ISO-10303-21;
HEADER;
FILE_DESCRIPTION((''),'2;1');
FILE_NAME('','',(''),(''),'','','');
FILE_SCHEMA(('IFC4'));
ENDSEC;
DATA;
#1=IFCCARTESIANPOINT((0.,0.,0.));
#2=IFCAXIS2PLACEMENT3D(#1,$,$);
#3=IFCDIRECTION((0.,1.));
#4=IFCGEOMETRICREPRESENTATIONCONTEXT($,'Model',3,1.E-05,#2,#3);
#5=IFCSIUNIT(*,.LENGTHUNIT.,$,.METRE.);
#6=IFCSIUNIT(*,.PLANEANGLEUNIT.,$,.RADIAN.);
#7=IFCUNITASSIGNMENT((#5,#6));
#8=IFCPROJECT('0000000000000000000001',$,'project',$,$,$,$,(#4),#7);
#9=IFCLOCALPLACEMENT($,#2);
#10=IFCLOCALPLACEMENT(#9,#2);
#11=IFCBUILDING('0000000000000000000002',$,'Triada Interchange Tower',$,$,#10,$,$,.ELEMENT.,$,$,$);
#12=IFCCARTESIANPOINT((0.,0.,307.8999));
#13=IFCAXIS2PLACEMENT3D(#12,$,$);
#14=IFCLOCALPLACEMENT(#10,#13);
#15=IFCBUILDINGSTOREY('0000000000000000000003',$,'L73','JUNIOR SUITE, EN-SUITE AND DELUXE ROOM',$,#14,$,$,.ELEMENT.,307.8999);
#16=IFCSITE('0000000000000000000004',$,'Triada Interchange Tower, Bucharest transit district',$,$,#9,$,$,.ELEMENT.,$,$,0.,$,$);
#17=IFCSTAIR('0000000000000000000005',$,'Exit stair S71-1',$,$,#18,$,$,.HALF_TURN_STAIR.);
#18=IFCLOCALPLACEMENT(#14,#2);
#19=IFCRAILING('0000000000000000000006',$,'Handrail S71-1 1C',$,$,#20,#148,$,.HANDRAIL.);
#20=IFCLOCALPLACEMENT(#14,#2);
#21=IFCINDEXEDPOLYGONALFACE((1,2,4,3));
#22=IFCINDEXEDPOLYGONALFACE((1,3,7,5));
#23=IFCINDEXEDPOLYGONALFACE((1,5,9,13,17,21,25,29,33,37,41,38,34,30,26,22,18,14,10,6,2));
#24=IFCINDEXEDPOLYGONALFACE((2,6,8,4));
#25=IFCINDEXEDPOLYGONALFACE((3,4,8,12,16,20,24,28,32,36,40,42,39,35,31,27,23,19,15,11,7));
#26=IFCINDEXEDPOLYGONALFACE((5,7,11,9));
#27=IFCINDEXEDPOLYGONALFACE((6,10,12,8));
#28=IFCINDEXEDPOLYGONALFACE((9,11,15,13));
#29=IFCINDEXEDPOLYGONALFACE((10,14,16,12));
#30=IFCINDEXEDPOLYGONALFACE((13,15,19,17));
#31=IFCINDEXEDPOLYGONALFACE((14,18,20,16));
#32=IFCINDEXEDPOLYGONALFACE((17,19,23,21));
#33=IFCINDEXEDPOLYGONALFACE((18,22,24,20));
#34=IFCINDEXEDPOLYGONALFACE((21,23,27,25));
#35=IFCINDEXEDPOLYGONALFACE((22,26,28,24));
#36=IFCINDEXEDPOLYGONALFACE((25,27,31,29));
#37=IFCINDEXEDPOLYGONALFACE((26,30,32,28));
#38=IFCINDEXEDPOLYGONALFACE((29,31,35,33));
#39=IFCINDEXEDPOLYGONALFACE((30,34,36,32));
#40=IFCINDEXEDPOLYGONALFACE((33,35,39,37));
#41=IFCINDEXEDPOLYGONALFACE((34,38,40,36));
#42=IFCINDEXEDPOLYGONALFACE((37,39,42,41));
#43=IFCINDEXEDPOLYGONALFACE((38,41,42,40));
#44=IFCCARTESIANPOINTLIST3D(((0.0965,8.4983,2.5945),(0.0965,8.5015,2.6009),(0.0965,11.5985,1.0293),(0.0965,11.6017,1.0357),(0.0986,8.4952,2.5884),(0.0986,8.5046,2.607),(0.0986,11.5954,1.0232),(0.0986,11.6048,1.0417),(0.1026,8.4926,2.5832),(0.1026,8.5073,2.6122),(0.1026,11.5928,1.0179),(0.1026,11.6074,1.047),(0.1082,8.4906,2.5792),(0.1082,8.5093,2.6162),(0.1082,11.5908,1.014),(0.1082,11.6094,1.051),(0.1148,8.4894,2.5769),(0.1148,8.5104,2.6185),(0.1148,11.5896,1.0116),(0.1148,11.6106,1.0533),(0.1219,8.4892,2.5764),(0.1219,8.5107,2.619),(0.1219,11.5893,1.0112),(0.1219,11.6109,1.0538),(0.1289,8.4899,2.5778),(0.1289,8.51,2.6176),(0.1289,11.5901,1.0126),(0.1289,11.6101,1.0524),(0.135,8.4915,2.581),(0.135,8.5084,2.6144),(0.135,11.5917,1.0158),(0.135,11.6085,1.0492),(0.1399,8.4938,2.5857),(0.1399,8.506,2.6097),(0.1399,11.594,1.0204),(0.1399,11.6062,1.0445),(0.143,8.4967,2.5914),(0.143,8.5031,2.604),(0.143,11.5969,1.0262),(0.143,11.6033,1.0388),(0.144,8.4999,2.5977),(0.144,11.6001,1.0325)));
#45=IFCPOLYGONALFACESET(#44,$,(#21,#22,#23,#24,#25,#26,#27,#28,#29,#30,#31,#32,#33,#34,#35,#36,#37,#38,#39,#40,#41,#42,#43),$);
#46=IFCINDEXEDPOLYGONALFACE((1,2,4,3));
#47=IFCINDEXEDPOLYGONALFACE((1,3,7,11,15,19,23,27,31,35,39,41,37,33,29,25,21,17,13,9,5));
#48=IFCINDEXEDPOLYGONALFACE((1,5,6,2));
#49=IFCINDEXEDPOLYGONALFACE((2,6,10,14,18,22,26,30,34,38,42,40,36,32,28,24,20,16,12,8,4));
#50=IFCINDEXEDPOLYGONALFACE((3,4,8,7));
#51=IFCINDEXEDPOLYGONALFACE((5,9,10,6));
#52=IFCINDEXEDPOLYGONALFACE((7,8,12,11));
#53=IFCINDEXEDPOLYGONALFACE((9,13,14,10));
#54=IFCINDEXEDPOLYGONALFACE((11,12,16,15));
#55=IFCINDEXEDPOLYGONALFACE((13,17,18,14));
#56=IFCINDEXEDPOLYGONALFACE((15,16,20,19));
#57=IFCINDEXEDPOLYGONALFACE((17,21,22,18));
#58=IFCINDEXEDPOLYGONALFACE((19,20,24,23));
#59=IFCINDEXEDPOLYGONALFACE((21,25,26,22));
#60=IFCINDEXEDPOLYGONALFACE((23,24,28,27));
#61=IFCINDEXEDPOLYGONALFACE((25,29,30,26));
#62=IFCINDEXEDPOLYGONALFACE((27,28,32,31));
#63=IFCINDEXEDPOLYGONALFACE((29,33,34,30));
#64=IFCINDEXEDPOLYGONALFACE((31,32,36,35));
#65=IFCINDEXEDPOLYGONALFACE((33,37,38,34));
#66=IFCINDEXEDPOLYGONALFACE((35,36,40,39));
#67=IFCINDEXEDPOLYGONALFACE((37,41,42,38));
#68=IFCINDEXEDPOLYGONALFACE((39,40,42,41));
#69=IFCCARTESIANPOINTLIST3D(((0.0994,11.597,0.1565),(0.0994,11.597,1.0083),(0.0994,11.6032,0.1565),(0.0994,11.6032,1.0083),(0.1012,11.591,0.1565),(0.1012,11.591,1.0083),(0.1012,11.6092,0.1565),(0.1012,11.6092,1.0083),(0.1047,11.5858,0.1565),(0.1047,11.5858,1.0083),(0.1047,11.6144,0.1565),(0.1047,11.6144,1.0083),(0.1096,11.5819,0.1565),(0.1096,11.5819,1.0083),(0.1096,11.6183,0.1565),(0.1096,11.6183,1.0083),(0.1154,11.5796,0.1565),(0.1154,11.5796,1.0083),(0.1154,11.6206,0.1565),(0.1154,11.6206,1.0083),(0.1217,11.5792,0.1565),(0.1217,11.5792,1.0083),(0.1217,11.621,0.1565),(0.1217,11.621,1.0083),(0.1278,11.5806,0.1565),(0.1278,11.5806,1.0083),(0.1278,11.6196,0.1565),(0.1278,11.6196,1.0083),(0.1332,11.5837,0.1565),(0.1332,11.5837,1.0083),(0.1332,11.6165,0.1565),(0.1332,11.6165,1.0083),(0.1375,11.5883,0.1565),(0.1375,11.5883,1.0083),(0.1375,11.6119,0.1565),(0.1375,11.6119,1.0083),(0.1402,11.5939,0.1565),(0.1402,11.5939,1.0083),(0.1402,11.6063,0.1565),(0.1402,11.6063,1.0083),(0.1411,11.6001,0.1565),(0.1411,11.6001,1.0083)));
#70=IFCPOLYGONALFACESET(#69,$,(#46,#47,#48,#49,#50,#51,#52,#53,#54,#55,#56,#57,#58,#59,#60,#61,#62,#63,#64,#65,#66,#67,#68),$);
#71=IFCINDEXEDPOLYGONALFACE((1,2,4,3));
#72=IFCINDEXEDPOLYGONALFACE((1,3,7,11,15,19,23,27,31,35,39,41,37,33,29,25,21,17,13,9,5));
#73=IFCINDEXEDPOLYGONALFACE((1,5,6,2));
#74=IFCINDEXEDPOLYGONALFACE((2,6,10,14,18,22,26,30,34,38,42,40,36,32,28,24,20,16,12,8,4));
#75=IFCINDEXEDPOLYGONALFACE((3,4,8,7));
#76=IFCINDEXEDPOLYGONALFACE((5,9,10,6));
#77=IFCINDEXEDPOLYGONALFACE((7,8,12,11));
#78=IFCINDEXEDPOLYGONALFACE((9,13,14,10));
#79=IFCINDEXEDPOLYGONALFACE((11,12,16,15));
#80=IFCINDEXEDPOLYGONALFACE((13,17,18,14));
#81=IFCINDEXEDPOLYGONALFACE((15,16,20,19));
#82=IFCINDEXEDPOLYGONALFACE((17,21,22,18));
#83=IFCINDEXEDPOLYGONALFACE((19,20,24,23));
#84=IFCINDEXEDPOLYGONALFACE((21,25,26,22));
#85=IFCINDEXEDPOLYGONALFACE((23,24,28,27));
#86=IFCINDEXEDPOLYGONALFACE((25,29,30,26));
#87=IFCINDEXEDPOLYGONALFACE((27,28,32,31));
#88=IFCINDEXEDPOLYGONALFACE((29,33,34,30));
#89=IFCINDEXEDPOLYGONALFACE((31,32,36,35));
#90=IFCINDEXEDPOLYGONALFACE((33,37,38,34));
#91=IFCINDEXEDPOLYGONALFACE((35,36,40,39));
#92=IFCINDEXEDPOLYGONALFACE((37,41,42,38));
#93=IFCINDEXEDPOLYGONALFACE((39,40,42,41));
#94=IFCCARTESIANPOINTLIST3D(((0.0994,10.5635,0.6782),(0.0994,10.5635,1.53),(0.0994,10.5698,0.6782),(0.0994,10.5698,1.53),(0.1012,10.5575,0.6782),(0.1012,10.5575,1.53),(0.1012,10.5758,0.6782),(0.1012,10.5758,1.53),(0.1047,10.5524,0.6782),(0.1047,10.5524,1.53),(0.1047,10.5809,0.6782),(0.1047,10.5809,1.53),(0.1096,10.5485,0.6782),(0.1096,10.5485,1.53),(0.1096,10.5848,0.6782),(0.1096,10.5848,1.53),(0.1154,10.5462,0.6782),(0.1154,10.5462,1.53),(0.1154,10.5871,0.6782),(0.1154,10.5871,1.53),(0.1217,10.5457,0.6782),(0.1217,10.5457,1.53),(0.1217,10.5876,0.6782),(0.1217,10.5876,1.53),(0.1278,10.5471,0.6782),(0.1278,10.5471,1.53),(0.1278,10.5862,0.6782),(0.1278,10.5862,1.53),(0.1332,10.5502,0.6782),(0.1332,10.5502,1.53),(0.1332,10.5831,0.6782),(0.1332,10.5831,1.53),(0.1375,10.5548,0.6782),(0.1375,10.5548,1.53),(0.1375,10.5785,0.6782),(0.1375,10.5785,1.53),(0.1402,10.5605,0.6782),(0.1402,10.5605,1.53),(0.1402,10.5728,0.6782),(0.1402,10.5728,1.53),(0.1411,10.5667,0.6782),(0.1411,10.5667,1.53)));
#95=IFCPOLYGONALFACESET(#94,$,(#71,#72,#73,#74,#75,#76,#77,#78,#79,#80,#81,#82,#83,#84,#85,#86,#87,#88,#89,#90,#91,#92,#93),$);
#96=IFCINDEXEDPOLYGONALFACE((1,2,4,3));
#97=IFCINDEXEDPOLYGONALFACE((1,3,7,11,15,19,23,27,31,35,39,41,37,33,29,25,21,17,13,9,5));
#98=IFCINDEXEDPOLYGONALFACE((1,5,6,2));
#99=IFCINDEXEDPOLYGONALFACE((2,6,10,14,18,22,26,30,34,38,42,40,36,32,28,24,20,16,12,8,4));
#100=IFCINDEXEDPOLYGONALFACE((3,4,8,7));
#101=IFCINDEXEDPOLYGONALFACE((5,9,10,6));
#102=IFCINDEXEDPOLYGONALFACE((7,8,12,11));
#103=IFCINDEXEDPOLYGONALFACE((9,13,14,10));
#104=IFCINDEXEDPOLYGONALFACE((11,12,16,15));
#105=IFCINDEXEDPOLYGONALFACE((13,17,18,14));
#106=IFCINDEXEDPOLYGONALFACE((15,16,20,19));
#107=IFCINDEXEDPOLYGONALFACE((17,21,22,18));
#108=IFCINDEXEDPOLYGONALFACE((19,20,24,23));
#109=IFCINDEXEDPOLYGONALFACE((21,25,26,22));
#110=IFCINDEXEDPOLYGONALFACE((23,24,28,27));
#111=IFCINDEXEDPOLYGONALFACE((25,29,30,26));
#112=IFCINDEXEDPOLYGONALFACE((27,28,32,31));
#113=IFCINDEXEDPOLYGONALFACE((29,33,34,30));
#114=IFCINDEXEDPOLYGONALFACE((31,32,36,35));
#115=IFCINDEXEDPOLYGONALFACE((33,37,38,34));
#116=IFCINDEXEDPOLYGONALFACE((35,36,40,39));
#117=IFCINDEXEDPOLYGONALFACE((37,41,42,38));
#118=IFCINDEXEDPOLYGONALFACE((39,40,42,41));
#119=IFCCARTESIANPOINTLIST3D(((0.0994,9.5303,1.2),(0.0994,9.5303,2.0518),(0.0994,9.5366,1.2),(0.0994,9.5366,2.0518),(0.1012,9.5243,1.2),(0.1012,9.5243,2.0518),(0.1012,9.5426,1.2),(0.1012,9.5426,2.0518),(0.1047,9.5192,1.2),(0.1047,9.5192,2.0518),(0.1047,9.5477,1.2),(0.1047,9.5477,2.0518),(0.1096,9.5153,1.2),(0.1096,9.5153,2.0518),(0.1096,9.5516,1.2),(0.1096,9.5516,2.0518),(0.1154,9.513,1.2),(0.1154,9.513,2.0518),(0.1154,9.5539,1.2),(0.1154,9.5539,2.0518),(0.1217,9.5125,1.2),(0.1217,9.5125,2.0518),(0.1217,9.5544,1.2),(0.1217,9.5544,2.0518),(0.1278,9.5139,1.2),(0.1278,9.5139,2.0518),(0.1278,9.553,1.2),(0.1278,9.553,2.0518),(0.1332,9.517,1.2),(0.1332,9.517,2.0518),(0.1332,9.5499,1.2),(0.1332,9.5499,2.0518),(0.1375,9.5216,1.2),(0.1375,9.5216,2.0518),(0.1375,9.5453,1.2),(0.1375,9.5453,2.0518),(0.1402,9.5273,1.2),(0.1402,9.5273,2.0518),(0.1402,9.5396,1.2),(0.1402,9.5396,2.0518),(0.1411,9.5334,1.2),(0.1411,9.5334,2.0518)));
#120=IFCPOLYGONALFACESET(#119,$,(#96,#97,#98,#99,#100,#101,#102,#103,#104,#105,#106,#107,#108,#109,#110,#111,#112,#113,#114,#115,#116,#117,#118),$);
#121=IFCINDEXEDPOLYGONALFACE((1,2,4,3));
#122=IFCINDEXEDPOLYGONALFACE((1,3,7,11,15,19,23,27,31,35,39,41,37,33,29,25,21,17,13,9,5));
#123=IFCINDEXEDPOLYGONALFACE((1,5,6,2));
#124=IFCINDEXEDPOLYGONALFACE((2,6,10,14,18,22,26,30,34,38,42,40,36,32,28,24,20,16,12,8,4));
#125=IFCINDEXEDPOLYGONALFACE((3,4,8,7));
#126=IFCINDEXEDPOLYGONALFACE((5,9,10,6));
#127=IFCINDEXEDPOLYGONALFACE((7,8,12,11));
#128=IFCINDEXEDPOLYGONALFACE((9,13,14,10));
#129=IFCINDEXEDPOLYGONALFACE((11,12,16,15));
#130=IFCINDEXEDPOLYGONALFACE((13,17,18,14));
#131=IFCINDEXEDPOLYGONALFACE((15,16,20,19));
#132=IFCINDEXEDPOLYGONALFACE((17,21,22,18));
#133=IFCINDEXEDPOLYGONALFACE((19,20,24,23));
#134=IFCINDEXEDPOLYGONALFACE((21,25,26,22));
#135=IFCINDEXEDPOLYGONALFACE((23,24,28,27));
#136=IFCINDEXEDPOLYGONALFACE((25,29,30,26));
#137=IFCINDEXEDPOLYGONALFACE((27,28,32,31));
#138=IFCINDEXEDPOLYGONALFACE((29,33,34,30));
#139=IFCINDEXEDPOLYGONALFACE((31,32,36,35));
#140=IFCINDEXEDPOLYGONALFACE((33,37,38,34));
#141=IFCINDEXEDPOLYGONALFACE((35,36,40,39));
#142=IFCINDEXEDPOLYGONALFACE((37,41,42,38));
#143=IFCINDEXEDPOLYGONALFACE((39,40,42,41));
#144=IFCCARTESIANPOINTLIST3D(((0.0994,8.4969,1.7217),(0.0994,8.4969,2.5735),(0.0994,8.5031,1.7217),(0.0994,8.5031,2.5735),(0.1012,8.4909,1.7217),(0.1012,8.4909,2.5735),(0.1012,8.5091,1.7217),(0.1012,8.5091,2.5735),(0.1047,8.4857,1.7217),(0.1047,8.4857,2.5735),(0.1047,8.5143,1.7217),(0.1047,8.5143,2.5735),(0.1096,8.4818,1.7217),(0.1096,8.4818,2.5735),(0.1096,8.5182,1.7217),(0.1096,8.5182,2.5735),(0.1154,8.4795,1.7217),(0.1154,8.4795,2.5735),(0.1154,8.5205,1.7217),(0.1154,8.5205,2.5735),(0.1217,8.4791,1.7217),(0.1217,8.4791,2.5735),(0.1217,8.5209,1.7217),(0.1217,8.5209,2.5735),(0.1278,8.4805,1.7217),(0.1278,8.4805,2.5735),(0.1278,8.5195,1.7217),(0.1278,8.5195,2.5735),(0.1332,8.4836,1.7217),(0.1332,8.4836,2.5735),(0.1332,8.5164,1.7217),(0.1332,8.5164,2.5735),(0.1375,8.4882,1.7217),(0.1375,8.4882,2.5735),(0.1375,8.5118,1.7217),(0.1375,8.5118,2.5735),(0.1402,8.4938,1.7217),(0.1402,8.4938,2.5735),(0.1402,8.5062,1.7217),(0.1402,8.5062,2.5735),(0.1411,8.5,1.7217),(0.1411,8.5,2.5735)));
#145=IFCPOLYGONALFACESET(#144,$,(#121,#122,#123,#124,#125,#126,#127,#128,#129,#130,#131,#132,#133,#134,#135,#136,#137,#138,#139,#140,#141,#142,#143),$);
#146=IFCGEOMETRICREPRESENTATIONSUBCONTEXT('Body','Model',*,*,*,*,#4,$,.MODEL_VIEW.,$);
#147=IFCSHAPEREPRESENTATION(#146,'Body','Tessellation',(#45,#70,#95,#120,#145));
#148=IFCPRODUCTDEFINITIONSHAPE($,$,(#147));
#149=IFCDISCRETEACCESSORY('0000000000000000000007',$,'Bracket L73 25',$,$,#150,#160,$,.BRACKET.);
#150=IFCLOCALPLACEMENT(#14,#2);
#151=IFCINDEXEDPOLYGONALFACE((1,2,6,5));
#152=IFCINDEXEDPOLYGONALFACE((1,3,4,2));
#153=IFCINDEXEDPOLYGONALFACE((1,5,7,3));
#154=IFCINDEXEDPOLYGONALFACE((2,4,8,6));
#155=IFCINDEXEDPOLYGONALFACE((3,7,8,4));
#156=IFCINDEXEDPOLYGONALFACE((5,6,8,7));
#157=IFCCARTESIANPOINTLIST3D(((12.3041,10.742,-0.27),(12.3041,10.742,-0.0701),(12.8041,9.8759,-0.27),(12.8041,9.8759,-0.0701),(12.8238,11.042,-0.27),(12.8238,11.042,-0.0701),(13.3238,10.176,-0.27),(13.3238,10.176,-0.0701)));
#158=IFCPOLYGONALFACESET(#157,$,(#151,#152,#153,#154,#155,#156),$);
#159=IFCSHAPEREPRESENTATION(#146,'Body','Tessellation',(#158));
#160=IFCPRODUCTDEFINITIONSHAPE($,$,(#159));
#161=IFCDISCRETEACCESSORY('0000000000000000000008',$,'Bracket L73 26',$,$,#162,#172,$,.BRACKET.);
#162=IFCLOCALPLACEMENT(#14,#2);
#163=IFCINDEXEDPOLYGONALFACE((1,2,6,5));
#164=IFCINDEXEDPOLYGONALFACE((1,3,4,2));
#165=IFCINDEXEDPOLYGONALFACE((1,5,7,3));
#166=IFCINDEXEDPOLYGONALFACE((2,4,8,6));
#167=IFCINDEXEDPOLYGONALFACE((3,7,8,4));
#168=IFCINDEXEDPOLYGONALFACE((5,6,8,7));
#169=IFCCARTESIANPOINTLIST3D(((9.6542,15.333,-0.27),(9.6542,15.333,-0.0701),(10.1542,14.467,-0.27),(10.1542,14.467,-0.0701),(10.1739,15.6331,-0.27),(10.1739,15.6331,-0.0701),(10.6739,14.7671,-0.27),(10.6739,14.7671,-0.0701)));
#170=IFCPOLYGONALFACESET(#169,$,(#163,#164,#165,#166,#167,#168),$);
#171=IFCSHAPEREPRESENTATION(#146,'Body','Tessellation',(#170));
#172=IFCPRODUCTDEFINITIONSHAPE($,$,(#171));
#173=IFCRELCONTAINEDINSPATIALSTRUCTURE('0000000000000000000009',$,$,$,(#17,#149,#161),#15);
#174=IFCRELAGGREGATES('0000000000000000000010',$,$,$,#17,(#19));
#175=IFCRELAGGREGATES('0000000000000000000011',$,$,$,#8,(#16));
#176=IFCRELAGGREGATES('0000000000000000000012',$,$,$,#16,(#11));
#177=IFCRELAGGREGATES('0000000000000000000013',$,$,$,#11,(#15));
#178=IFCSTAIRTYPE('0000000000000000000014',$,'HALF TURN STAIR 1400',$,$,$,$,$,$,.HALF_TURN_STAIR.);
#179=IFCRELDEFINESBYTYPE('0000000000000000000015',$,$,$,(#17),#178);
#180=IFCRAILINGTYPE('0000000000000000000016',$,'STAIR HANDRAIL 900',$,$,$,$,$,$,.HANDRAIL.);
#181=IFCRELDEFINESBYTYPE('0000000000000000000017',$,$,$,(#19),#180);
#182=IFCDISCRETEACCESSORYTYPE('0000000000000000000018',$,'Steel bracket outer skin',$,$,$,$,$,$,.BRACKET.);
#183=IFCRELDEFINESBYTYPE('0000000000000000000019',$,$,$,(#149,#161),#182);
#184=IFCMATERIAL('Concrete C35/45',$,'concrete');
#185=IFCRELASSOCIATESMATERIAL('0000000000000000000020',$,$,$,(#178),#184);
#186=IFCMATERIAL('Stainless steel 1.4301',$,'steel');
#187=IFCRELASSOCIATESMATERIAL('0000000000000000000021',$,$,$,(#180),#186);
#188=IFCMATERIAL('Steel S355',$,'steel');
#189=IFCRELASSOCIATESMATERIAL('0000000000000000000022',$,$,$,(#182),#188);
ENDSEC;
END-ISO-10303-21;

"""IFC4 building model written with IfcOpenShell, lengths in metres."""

from ifc_helpers import new_model, si_unit, direction, frame, origin, origin_2d, place, context, subcontext, project, spatial, rectangle, circle, extrude, material, type_object, element, aggregate, save


model = new_model("IFC4")

# Units and contexts
model_context = context("Model", 3, precision=1e-05, world=origin(), true_north=direction((0.0, 1.0)))
body_context = subcontext(model_context, "Body", "Model", "MODEL_VIEW")
ifc_project = project(units=[si_unit("LENGTHUNIT", "METRE"), si_unit("PLANEANGLEUNIT", "RADIAN")], contexts=[model_context])

# Site, building, storey
site_placement = place(None, origin())
site = spatial("IfcSite", under=ifc_project, at=site_placement, Name="Triada Interchange Tower, Bucharest transit district", CompositionType="ELEMENT", RefElevation=0.0)
building_placement = place(site_placement, origin())
building = spatial("IfcBuilding", under=site, at=building_placement, Name="Triada Interchange Tower", CompositionType="ELEMENT")
storey_placement = place(building_placement, frame((0.0, 0.0, 307.8999)))
storey = spatial("IfcBuildingStorey", under=building, at=storey_placement, Name="L73", Description="JUNIOR SUITE, EN-SUITE AND DELUXE ROOM", CompositionType="ELEMENT", Elevation=307.8999)

# Stair
ifc_material_1 = material(Name="Concrete C35/45", Category="concrete")
stair_type = type_object("IfcStairType", Name="HALF TURN STAIR 1400", PredefinedType="HALF_TURN_STAIR", material=ifc_material_1)
stair_placement = place(storey_placement, origin())
stair = element("IfcStair", 1, at=stair_placement, inside=storey, type_object=stair_type, Name="Exit stair S71-1", PredefinedType="HALF_TURN_STAIR")

# Railing
ifc_material_2 = material(Name="Stainless steel 1.4301", Category="steel")
railing_type = type_object("IfcRailingType", Name="STAIR HANDRAIL 900", PredefinedType="HANDRAIL", material=ifc_material_2)
railing_1_placement = place(storey_placement, frame((0.1201, 11.6001, 0.1565)))
railing_1 = element("IfcRailing", 2, at=railing_1_placement, type_object=railing_type, Name="Handrail S71-1 1C", PredefinedType="HANDRAIL", context=body_context, shape_type="SweptSolid", body=[
    extrude(circle(Radius=0.0239, at=origin_2d()), frame((0.0, 0.0, 0.876), z_axis=(0.0, -0.892677, 0.450697), x_axis=(1.0, 0.0, 0.0)), (0.0, 0.0, 1.0), 3.4729),
    extrude(circle(Radius=0.021, at=origin_2d()), origin(), (0.0, 0.0, 1.0), 0.8518),
    extrude(circle(Radius=0.021, at=origin_2d()), frame((0.0, -1.0334, 0.5217)), (0.0, 0.0, 1.0), 0.8518),
    extrude(circle(Radius=0.021, at=origin_2d()), frame((0.0, -2.0667, 1.0435)), (0.0, 0.0, 1.0), 0.8518),
    extrude(circle(Radius=0.021, at=origin_2d()), frame((0.0, -3.1001, 1.5652)), (0.0, 0.0, 1.0), 0.8518),
])
aggregate(stair, [railing_1])

# Discrete accessories
ifc_material_3 = material(Name="Steel S355", Category="steel")
discrete_accessory_type = type_object("IfcDiscreteAccessoryType", Name="Steel bracket outer skin", PredefinedType="BRACKET", material=ifc_material_3)
for number, where, z_axis, x_axis, name in (
    (3, (12.814, 10.459, -0.27), (0.0, 0.0, 1.0), (0.866027, 0.499997, 0.0), "Bracket L73 25"),
    (4, (10.1641, 15.05, -0.27), (0.0, 0.0, 1.0), (0.866027, 0.499997, 0.0), "Bracket L73 26"),
):
    element("IfcDiscreteAccessory", number, at=place(storey_placement, frame(where, z_axis=z_axis, x_axis=x_axis)), inside=storey, type_object=discrete_accessory_type, Name=name, PredefinedType="BRACKET", context=body_context, shape_type="SweptSolid", body=[
        extrude(rectangle(XDim=0.6001, YDim=1.0, at=origin_2d()), origin(), (0.0, 0.0, 1.0), 0.2),
    ])

save(model, "model.ifc")
